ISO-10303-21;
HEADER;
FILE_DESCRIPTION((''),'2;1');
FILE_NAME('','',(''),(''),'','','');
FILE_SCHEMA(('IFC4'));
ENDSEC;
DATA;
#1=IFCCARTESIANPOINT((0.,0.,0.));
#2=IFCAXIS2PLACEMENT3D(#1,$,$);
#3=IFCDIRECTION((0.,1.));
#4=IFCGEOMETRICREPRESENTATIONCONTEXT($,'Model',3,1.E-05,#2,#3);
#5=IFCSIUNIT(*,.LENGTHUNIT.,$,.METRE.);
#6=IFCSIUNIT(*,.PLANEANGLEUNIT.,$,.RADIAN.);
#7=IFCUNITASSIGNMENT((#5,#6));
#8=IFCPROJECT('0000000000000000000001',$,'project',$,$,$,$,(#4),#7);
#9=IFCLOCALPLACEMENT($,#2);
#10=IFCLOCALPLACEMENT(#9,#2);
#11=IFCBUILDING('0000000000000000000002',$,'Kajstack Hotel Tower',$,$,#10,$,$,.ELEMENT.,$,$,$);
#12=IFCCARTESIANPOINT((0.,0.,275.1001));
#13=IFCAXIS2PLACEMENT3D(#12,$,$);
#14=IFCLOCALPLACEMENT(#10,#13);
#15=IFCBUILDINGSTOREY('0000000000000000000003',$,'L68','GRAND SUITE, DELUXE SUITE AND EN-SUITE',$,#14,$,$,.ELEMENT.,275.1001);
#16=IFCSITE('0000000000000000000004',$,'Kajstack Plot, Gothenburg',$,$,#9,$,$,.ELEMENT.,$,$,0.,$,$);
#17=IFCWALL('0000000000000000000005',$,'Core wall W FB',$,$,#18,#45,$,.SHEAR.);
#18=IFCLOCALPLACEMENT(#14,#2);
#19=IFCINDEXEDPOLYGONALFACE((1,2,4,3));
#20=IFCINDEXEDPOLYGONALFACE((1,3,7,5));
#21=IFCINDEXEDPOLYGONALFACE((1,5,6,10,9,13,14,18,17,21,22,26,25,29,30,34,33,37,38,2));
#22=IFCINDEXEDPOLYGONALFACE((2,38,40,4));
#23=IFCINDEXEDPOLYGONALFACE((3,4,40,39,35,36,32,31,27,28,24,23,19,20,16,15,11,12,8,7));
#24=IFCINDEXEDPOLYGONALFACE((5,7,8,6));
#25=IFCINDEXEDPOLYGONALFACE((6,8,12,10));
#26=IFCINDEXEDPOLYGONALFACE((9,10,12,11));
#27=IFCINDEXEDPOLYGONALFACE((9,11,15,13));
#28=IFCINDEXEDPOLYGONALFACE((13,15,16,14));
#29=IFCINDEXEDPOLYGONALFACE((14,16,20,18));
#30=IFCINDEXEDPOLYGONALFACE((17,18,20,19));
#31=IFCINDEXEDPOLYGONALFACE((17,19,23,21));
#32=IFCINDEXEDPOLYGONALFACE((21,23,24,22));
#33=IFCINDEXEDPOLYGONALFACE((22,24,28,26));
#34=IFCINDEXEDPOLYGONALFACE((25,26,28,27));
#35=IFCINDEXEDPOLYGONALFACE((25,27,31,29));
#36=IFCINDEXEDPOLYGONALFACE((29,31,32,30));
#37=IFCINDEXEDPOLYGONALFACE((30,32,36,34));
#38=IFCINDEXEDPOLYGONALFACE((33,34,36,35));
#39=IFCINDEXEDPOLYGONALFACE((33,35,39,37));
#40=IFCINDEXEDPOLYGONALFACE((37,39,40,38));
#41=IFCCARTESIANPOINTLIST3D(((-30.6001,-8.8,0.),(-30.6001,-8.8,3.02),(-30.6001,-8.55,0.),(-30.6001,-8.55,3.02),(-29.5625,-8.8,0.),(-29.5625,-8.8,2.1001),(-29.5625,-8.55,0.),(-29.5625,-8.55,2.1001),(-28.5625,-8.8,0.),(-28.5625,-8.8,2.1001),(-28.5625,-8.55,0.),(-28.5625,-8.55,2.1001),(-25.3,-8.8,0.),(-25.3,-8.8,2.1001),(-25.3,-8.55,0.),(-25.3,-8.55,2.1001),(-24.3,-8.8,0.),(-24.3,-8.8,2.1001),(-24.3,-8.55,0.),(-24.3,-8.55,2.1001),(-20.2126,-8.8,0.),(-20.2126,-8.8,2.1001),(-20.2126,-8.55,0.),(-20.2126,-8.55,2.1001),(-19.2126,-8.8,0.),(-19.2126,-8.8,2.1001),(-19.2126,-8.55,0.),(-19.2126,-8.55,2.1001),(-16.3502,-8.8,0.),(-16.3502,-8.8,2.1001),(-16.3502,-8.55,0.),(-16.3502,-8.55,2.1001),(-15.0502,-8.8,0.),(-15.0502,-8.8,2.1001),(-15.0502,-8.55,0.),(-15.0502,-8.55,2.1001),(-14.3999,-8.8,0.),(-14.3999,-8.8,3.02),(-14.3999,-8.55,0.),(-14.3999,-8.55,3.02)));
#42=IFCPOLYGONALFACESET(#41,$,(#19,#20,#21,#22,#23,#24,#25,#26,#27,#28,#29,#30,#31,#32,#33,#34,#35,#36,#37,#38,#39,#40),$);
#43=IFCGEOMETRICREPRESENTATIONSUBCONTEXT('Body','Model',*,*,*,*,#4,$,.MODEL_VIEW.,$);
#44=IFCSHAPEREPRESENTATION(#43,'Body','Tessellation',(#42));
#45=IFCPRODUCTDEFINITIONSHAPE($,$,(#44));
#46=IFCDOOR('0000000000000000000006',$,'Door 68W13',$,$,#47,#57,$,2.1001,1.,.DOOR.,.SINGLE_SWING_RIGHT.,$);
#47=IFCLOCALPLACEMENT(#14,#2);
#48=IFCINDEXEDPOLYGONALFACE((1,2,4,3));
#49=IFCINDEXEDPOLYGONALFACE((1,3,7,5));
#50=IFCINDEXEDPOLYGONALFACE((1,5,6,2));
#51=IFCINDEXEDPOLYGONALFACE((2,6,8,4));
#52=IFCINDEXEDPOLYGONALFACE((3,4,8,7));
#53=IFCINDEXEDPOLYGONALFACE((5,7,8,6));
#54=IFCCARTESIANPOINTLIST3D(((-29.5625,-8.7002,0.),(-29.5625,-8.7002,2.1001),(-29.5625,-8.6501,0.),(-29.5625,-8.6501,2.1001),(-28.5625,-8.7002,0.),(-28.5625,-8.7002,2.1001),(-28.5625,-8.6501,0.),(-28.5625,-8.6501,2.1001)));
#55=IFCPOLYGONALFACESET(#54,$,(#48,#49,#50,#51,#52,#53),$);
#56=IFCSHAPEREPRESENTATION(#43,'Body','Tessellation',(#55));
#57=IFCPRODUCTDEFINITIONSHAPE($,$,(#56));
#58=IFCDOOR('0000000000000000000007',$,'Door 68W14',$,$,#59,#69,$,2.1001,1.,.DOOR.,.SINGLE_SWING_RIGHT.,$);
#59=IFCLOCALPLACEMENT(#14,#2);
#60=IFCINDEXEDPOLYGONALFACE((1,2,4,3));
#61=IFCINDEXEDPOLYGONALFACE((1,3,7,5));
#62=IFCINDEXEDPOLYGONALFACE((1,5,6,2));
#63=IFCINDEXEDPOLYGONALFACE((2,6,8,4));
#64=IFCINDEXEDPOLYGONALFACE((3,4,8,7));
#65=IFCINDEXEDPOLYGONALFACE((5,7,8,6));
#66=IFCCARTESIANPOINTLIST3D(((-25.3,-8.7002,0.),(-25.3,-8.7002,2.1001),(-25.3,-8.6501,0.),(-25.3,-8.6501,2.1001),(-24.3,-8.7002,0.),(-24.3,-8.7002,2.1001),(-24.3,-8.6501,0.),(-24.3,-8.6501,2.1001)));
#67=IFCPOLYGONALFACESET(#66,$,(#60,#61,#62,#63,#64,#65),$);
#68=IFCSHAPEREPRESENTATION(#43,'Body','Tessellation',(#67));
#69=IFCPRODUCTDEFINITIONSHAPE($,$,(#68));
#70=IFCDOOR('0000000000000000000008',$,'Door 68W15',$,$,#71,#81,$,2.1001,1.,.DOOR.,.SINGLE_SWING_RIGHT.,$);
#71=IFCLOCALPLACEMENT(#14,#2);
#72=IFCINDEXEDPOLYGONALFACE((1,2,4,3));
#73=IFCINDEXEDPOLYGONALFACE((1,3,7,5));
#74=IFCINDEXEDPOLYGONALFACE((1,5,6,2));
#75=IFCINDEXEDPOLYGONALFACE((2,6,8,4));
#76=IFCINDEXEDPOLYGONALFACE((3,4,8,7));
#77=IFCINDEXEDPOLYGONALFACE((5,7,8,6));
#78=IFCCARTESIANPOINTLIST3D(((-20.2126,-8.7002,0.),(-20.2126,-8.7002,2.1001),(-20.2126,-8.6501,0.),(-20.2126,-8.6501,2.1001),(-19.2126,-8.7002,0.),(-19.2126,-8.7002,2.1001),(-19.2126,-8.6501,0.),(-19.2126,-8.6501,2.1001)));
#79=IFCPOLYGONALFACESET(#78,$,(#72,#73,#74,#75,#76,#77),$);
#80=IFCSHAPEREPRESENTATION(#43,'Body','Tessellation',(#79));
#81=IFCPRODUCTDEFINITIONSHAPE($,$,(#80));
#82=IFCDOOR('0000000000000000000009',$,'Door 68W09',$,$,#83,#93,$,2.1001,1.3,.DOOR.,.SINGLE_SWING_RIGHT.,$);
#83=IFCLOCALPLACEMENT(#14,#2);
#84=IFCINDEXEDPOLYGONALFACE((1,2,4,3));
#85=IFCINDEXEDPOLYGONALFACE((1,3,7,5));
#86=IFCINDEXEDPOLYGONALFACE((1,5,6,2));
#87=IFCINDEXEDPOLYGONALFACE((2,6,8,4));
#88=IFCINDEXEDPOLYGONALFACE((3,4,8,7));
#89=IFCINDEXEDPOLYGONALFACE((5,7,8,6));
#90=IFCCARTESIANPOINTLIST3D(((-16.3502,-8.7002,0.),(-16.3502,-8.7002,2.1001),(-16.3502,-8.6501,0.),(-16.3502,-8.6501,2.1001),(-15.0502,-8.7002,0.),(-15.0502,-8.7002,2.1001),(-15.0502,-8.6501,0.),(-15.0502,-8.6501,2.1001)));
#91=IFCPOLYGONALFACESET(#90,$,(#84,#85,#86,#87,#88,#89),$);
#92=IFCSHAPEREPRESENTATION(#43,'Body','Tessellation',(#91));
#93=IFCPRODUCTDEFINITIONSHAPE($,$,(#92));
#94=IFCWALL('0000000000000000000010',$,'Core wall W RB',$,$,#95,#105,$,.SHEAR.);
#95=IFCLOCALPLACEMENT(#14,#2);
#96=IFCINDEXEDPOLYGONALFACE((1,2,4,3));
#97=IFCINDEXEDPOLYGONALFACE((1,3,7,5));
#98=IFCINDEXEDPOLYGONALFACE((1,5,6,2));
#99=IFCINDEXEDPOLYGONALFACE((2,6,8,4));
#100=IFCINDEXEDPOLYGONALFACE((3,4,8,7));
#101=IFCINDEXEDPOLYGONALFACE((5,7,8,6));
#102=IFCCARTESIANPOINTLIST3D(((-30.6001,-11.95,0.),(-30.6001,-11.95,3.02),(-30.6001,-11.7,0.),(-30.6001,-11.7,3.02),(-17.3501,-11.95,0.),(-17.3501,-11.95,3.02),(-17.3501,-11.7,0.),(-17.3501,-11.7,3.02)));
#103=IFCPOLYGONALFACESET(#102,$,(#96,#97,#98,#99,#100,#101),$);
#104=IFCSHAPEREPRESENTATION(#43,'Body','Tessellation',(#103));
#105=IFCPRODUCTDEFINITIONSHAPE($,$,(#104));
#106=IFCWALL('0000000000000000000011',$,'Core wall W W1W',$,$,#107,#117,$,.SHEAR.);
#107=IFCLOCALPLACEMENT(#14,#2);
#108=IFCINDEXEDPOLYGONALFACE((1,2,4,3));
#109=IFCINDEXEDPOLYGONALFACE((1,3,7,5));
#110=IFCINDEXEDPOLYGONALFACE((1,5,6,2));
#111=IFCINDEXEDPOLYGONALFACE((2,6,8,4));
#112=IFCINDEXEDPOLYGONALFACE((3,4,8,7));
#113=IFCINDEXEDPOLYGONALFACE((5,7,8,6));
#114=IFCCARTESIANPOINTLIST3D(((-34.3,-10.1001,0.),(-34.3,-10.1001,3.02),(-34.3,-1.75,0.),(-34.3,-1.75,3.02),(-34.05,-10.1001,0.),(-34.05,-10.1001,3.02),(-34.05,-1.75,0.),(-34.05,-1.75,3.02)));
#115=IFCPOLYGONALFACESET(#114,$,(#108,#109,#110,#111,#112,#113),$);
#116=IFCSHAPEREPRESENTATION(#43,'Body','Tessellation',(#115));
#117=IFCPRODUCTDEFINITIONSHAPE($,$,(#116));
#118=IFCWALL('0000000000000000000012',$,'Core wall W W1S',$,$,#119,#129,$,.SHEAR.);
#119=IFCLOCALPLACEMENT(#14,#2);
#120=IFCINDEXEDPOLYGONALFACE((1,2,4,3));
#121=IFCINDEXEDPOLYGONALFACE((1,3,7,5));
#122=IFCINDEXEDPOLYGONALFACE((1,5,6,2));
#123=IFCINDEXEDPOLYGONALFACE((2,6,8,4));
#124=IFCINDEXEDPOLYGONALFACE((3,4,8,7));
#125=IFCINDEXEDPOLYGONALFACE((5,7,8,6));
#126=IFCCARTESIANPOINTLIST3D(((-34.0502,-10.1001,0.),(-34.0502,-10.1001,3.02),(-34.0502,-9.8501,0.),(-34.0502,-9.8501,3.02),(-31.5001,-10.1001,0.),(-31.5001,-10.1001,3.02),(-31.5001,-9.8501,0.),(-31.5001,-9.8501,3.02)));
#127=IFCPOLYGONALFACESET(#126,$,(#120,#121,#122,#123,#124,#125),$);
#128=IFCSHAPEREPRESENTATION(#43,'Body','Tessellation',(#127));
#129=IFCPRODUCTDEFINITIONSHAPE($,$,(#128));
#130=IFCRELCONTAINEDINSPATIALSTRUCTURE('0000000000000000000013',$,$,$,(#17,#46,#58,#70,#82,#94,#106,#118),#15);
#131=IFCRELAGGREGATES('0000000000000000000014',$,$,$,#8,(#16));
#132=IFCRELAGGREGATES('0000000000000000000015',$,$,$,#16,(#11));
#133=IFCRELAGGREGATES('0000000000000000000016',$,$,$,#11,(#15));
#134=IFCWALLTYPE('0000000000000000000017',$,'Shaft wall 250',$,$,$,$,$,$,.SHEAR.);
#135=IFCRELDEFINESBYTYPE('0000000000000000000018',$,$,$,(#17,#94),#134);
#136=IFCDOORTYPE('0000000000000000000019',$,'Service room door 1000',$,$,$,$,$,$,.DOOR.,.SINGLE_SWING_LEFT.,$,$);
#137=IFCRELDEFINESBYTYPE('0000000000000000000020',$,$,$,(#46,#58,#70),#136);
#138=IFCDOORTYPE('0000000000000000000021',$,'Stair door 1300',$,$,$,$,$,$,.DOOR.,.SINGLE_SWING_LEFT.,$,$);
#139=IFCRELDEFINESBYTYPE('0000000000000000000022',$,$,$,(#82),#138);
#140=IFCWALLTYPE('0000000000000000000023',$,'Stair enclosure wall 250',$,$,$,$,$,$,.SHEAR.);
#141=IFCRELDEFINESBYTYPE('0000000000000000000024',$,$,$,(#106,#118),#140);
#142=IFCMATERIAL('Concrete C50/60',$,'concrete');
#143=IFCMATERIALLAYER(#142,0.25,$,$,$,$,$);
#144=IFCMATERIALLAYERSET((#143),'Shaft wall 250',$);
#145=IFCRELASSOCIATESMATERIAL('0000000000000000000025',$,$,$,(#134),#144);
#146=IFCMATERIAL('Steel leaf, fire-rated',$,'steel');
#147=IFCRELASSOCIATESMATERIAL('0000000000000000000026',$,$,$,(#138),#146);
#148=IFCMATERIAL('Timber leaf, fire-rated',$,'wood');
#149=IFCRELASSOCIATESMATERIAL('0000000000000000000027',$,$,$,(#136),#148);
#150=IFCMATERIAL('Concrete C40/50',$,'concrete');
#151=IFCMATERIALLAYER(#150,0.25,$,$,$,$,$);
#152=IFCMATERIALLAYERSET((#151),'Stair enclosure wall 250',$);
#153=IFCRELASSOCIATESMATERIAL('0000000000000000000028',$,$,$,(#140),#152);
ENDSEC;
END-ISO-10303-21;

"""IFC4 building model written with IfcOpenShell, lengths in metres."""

from ifc_helpers import new_model, si_unit, direction, frame, frame_2d, origin, place, context, subcontext, project, spatial, rectangle, extrude, material, layer, layer_set, type_object, element, fill, save


model = new_model("IFC4")

# Units and contexts
model_context = context("Model", 3, precision=1e-05, world=origin(), true_north=direction((0.0, 1.0)))
body_context = subcontext(model_context, "Body", "Model", "MODEL_VIEW")
ifc_project = project(units=[si_unit("LENGTHUNIT", "METRE"), si_unit("PLANEANGLEUNIT", "RADIAN")], contexts=[model_context])

# Site, building, storey
site_placement = place(None, origin())
site = spatial("IfcSite", under=ifc_project, at=site_placement, Name="Kajstack Plot, Gothenburg", CompositionType="ELEMENT", RefElevation=0.0)
building_placement = place(site_placement, origin())
building = spatial("IfcBuilding", under=site, at=building_placement, Name="Kajstack Hotel Tower", CompositionType="ELEMENT")
storey_placement = place(building_placement, frame((0.0, 0.0, 275.1001)))
storey = spatial("IfcBuildingStorey", under=building, at=storey_placement, Name="L68", Description="GRAND SUITE, DELUXE SUITE AND EN-SUITE", CompositionType="ELEMENT", Elevation=275.1001)

# Shared definitions
ifc_material_1 = material(Name="Concrete C40/50", Category="concrete")

# Shared definitions
ifc_material_2 = material(Name="Timber leaf, fire-rated", Category="wood")

# Wall, openings, doors
ifc_material_3 = material(Name="Concrete C50/60", Category="concrete")
ifc_layer_1 = layer(ifc_material_3, 0.25)
ifc_layer_set_1 = layer_set([ifc_layer_1], Name="Shaft wall 250")
wall_type_1 = type_object("IfcWallType", Name="Shaft wall 250", PredefinedType="SHEAR", material=ifc_layer_set_1)
ifc_material_4 = material(Name="Steel leaf, fire-rated", Category="steel")
door_type_1 = type_object("IfcDoorType", Name="Stair door 1300", OperationType="SINGLE_SWING_LEFT", PredefinedType="DOOR", material=ifc_material_4)
wall_1_placement = place(storey_placement, frame((-30.6001, -8.675, 0.0), z_axis=(0.0, 0.0, 1.0), x_axis=(1.0, 0.0, 0.0)))
wall_1 = element("IfcWall", 1, at=wall_1_placement, inside=storey, type_object=wall_type_1, Name="Core wall W FB", PredefinedType="SHEAR", context=body_context, shape_type="SweptSolid", body=[
    extrude(rectangle(XDim=16.2002, YDim=0.25, at=frame_2d((8.1001, 0.0))), origin(), (0.0, 0.0, 1.0), 3.02),
])
opening_1_placement = place(wall_1_placement, frame((14.25, 0.0, 0.0)))
opening_1 = element("IfcOpeningElement", 2, at=opening_1_placement, cuts=wall_1, PredefinedType="OPENING", context=body_context, shape_type="SweptSolid", body=[
    extrude(rectangle(XDim=1.3, YDim=2.1001, at=frame_2d((0.6499, 1.05))), frame((0.0, 0.135, 0.0), z_axis=(0.0, -1.0, 0.0), x_axis=(1.0, 0.0, 0.0)), (0.0, 0.0, 1.0), 0.27),
])
opening_2_placement = place(wall_1_placement, frame((1.0376, 0.0, 0.0)))
opening_2 = element("IfcOpeningElement", 3, at=opening_2_placement, cuts=wall_1, PredefinedType="OPENING", context=body_context, shape_type="SweptSolid", body=[
    extrude(rectangle(XDim=1.0, YDim=2.1001, at=frame_2d((0.5, 1.05))), frame((0.0, 0.135, 0.0), z_axis=(0.0, -1.0, 0.0), x_axis=(1.0, 0.0, 0.0)), (0.0, 0.0, 1.0), 0.27),
])
opening_3_placement = place(wall_1_placement, frame((5.3, 0.0, 0.0)))
opening_3 = element("IfcOpeningElement", 4, at=opening_3_placement, cuts=wall_1, PredefinedType="OPENING", context=body_context, shape_type="SweptSolid", body=[
    extrude(rectangle(XDim=1.0, YDim=2.1001, at=frame_2d((0.5, 1.05))), frame((0.0, 0.135, 0.0), z_axis=(0.0, -1.0, 0.0), x_axis=(1.0, 0.0, 0.0)), (0.0, 0.0, 1.0), 0.27),
])
opening_4_placement = place(wall_1_placement, frame((10.3875, 0.0, 0.0)))
opening_4 = element("IfcOpeningElement", 5, at=opening_4_placement, cuts=wall_1, PredefinedType="OPENING", context=body_context, shape_type="SweptSolid", body=[
    extrude(rectangle(XDim=1.0, YDim=2.1001, at=frame_2d((0.5, 1.05))), frame((0.0, 0.135, 0.0), z_axis=(0.0, -1.0, 0.0), x_axis=(1.0, 0.0, 0.0)), (0.0, 0.0, 1.0), 0.27),
])
door_type_2 = type_object("IfcDoorType", Name="Service room door 1000", OperationType="SINGLE_SWING_LEFT", PredefinedType="DOOR", material=ifc_material_2)
door_1_placement = place(opening_2_placement, origin())
door_1 = element("IfcDoor", 6, at=door_1_placement, inside=storey, type_object=door_type_2, Name="Door 68W13", OperationType="SINGLE_SWING_RIGHT", OverallHeight=2.1001, OverallWidth=1.0, PredefinedType="DOOR", context=body_context, shape_type="SweptSolid", body=[
    extrude(rectangle(XDim=1.0, YDim=2.1001, at=frame_2d((0.5, 1.05))), frame((0.0, 0.0249, 0.0), z_axis=(0.0, -1.0, 0.0), x_axis=(1.0, 0.0, 0.0)), (0.0, 0.0, 1.0), 0.05),
])
fill(opening_2, door_1)
door_2_placement = place(opening_3_placement, origin())
door_2 = element("IfcDoor", 7, at=door_2_placement, inside=storey, type_object=door_type_2, Name="Door 68W14", OperationType="SINGLE_SWING_RIGHT", OverallHeight=2.1001, OverallWidth=1.0, PredefinedType="DOOR", context=body_context, shape_type="SweptSolid", body=[
    extrude(rectangle(XDim=1.0, YDim=2.1001, at=frame_2d((0.5, 1.05))), frame((0.0, 0.0249, 0.0), z_axis=(0.0, -1.0, 0.0), x_axis=(1.0, 0.0, 0.0)), (0.0, 0.0, 1.0), 0.05),
])
fill(opening_3, door_2)
door_3_placement = place(opening_4_placement, origin())
door_3 = element("IfcDoor", 8, at=door_3_placement, inside=storey, type_object=door_type_2, Name="Door 68W15", OperationType="SINGLE_SWING_RIGHT", OverallHeight=2.1001, OverallWidth=1.0, PredefinedType="DOOR", context=body_context, shape_type="SweptSolid", body=[
    extrude(rectangle(XDim=1.0, YDim=2.1001, at=frame_2d((0.5, 1.05))), frame((0.0, 0.0249, 0.0), z_axis=(0.0, -1.0, 0.0), x_axis=(1.0, 0.0, 0.0)), (0.0, 0.0, 1.0), 0.05),
])
fill(opening_4, door_3)
door_4_placement = place(opening_1_placement, origin())
door_4 = element("IfcDoor", 9, at=door_4_placement, inside=storey, type_object=door_type_1, Name="Door 68W09", OperationType="SINGLE_SWING_RIGHT", OverallHeight=2.1001, OverallWidth=1.3, PredefinedType="DOOR", context=body_context, shape_type="SweptSolid", body=[
    extrude(rectangle(XDim=1.3, YDim=2.1001, at=frame_2d((0.6499, 1.05))), frame((0.0, 0.0249, 0.0), z_axis=(0.0, -1.0, 0.0), x_axis=(1.0, 0.0, 0.0)), (0.0, 0.0, 1.0), 0.05),
])
fill(opening_1, door_4)

# Walls
wall_2_placement = place(storey_placement, frame((-30.6001, -11.825, 0.0), z_axis=(0.0, 0.0, 1.0), x_axis=(1.0, 0.0, 0.0)))
element("IfcWall", 10, at=wall_2_placement, inside=storey, type_object=wall_type_1, Name="Core wall W RB", PredefinedType="SHEAR", context=body_context, shape_type="SweptSolid", body=[
    extrude(rectangle(XDim=13.25, YDim=0.25, at=frame_2d((6.625, 0.0))), origin(), (0.0, 0.0, 1.0), 3.02),
])
ifc_layer_2 = layer(ifc_material_1, 0.25)
ifc_layer_set_2 = layer_set([ifc_layer_2], Name="Stair enclosure wall 250")
wall_type_2 = type_object("IfcWallType", Name="Stair enclosure wall 250", PredefinedType="SHEAR", material=ifc_layer_set_2)
wall_3_placement = place(storey_placement, frame((-34.175, -10.1001, 0.0), z_axis=(0.0, 0.0, 1.0), x_axis=(0.0, 1.0, 0.0)))
element("IfcWall", 11, at=wall_3_placement, inside=storey, type_object=wall_type_2, Name="Core wall W W1W", PredefinedType="SHEAR", context=body_context, shape_type="SweptSolid", body=[
    extrude(rectangle(XDim=8.3501, YDim=0.25, at=frame_2d((4.175, 0.0))), origin(), (0.0, 0.0, 1.0), 3.02),
])
wall_4_placement = place(storey_placement, frame((-34.05, -9.9751, 0.0), z_axis=(0.0, 0.0, 1.0), x_axis=(1.0, 0.0, 0.0)))
element("IfcWall", 12, at=wall_4_placement, inside=storey, type_object=wall_type_2, Name="Core wall W W1S", PredefinedType="SHEAR", context=body_context, shape_type="SweptSolid", body=[
    extrude(rectangle(XDim=2.55, YDim=0.25, at=frame_2d((1.2749, 0.0))), origin(), (0.0, 0.0, 1.0), 3.02),
])

save(model, "model.ifc")
